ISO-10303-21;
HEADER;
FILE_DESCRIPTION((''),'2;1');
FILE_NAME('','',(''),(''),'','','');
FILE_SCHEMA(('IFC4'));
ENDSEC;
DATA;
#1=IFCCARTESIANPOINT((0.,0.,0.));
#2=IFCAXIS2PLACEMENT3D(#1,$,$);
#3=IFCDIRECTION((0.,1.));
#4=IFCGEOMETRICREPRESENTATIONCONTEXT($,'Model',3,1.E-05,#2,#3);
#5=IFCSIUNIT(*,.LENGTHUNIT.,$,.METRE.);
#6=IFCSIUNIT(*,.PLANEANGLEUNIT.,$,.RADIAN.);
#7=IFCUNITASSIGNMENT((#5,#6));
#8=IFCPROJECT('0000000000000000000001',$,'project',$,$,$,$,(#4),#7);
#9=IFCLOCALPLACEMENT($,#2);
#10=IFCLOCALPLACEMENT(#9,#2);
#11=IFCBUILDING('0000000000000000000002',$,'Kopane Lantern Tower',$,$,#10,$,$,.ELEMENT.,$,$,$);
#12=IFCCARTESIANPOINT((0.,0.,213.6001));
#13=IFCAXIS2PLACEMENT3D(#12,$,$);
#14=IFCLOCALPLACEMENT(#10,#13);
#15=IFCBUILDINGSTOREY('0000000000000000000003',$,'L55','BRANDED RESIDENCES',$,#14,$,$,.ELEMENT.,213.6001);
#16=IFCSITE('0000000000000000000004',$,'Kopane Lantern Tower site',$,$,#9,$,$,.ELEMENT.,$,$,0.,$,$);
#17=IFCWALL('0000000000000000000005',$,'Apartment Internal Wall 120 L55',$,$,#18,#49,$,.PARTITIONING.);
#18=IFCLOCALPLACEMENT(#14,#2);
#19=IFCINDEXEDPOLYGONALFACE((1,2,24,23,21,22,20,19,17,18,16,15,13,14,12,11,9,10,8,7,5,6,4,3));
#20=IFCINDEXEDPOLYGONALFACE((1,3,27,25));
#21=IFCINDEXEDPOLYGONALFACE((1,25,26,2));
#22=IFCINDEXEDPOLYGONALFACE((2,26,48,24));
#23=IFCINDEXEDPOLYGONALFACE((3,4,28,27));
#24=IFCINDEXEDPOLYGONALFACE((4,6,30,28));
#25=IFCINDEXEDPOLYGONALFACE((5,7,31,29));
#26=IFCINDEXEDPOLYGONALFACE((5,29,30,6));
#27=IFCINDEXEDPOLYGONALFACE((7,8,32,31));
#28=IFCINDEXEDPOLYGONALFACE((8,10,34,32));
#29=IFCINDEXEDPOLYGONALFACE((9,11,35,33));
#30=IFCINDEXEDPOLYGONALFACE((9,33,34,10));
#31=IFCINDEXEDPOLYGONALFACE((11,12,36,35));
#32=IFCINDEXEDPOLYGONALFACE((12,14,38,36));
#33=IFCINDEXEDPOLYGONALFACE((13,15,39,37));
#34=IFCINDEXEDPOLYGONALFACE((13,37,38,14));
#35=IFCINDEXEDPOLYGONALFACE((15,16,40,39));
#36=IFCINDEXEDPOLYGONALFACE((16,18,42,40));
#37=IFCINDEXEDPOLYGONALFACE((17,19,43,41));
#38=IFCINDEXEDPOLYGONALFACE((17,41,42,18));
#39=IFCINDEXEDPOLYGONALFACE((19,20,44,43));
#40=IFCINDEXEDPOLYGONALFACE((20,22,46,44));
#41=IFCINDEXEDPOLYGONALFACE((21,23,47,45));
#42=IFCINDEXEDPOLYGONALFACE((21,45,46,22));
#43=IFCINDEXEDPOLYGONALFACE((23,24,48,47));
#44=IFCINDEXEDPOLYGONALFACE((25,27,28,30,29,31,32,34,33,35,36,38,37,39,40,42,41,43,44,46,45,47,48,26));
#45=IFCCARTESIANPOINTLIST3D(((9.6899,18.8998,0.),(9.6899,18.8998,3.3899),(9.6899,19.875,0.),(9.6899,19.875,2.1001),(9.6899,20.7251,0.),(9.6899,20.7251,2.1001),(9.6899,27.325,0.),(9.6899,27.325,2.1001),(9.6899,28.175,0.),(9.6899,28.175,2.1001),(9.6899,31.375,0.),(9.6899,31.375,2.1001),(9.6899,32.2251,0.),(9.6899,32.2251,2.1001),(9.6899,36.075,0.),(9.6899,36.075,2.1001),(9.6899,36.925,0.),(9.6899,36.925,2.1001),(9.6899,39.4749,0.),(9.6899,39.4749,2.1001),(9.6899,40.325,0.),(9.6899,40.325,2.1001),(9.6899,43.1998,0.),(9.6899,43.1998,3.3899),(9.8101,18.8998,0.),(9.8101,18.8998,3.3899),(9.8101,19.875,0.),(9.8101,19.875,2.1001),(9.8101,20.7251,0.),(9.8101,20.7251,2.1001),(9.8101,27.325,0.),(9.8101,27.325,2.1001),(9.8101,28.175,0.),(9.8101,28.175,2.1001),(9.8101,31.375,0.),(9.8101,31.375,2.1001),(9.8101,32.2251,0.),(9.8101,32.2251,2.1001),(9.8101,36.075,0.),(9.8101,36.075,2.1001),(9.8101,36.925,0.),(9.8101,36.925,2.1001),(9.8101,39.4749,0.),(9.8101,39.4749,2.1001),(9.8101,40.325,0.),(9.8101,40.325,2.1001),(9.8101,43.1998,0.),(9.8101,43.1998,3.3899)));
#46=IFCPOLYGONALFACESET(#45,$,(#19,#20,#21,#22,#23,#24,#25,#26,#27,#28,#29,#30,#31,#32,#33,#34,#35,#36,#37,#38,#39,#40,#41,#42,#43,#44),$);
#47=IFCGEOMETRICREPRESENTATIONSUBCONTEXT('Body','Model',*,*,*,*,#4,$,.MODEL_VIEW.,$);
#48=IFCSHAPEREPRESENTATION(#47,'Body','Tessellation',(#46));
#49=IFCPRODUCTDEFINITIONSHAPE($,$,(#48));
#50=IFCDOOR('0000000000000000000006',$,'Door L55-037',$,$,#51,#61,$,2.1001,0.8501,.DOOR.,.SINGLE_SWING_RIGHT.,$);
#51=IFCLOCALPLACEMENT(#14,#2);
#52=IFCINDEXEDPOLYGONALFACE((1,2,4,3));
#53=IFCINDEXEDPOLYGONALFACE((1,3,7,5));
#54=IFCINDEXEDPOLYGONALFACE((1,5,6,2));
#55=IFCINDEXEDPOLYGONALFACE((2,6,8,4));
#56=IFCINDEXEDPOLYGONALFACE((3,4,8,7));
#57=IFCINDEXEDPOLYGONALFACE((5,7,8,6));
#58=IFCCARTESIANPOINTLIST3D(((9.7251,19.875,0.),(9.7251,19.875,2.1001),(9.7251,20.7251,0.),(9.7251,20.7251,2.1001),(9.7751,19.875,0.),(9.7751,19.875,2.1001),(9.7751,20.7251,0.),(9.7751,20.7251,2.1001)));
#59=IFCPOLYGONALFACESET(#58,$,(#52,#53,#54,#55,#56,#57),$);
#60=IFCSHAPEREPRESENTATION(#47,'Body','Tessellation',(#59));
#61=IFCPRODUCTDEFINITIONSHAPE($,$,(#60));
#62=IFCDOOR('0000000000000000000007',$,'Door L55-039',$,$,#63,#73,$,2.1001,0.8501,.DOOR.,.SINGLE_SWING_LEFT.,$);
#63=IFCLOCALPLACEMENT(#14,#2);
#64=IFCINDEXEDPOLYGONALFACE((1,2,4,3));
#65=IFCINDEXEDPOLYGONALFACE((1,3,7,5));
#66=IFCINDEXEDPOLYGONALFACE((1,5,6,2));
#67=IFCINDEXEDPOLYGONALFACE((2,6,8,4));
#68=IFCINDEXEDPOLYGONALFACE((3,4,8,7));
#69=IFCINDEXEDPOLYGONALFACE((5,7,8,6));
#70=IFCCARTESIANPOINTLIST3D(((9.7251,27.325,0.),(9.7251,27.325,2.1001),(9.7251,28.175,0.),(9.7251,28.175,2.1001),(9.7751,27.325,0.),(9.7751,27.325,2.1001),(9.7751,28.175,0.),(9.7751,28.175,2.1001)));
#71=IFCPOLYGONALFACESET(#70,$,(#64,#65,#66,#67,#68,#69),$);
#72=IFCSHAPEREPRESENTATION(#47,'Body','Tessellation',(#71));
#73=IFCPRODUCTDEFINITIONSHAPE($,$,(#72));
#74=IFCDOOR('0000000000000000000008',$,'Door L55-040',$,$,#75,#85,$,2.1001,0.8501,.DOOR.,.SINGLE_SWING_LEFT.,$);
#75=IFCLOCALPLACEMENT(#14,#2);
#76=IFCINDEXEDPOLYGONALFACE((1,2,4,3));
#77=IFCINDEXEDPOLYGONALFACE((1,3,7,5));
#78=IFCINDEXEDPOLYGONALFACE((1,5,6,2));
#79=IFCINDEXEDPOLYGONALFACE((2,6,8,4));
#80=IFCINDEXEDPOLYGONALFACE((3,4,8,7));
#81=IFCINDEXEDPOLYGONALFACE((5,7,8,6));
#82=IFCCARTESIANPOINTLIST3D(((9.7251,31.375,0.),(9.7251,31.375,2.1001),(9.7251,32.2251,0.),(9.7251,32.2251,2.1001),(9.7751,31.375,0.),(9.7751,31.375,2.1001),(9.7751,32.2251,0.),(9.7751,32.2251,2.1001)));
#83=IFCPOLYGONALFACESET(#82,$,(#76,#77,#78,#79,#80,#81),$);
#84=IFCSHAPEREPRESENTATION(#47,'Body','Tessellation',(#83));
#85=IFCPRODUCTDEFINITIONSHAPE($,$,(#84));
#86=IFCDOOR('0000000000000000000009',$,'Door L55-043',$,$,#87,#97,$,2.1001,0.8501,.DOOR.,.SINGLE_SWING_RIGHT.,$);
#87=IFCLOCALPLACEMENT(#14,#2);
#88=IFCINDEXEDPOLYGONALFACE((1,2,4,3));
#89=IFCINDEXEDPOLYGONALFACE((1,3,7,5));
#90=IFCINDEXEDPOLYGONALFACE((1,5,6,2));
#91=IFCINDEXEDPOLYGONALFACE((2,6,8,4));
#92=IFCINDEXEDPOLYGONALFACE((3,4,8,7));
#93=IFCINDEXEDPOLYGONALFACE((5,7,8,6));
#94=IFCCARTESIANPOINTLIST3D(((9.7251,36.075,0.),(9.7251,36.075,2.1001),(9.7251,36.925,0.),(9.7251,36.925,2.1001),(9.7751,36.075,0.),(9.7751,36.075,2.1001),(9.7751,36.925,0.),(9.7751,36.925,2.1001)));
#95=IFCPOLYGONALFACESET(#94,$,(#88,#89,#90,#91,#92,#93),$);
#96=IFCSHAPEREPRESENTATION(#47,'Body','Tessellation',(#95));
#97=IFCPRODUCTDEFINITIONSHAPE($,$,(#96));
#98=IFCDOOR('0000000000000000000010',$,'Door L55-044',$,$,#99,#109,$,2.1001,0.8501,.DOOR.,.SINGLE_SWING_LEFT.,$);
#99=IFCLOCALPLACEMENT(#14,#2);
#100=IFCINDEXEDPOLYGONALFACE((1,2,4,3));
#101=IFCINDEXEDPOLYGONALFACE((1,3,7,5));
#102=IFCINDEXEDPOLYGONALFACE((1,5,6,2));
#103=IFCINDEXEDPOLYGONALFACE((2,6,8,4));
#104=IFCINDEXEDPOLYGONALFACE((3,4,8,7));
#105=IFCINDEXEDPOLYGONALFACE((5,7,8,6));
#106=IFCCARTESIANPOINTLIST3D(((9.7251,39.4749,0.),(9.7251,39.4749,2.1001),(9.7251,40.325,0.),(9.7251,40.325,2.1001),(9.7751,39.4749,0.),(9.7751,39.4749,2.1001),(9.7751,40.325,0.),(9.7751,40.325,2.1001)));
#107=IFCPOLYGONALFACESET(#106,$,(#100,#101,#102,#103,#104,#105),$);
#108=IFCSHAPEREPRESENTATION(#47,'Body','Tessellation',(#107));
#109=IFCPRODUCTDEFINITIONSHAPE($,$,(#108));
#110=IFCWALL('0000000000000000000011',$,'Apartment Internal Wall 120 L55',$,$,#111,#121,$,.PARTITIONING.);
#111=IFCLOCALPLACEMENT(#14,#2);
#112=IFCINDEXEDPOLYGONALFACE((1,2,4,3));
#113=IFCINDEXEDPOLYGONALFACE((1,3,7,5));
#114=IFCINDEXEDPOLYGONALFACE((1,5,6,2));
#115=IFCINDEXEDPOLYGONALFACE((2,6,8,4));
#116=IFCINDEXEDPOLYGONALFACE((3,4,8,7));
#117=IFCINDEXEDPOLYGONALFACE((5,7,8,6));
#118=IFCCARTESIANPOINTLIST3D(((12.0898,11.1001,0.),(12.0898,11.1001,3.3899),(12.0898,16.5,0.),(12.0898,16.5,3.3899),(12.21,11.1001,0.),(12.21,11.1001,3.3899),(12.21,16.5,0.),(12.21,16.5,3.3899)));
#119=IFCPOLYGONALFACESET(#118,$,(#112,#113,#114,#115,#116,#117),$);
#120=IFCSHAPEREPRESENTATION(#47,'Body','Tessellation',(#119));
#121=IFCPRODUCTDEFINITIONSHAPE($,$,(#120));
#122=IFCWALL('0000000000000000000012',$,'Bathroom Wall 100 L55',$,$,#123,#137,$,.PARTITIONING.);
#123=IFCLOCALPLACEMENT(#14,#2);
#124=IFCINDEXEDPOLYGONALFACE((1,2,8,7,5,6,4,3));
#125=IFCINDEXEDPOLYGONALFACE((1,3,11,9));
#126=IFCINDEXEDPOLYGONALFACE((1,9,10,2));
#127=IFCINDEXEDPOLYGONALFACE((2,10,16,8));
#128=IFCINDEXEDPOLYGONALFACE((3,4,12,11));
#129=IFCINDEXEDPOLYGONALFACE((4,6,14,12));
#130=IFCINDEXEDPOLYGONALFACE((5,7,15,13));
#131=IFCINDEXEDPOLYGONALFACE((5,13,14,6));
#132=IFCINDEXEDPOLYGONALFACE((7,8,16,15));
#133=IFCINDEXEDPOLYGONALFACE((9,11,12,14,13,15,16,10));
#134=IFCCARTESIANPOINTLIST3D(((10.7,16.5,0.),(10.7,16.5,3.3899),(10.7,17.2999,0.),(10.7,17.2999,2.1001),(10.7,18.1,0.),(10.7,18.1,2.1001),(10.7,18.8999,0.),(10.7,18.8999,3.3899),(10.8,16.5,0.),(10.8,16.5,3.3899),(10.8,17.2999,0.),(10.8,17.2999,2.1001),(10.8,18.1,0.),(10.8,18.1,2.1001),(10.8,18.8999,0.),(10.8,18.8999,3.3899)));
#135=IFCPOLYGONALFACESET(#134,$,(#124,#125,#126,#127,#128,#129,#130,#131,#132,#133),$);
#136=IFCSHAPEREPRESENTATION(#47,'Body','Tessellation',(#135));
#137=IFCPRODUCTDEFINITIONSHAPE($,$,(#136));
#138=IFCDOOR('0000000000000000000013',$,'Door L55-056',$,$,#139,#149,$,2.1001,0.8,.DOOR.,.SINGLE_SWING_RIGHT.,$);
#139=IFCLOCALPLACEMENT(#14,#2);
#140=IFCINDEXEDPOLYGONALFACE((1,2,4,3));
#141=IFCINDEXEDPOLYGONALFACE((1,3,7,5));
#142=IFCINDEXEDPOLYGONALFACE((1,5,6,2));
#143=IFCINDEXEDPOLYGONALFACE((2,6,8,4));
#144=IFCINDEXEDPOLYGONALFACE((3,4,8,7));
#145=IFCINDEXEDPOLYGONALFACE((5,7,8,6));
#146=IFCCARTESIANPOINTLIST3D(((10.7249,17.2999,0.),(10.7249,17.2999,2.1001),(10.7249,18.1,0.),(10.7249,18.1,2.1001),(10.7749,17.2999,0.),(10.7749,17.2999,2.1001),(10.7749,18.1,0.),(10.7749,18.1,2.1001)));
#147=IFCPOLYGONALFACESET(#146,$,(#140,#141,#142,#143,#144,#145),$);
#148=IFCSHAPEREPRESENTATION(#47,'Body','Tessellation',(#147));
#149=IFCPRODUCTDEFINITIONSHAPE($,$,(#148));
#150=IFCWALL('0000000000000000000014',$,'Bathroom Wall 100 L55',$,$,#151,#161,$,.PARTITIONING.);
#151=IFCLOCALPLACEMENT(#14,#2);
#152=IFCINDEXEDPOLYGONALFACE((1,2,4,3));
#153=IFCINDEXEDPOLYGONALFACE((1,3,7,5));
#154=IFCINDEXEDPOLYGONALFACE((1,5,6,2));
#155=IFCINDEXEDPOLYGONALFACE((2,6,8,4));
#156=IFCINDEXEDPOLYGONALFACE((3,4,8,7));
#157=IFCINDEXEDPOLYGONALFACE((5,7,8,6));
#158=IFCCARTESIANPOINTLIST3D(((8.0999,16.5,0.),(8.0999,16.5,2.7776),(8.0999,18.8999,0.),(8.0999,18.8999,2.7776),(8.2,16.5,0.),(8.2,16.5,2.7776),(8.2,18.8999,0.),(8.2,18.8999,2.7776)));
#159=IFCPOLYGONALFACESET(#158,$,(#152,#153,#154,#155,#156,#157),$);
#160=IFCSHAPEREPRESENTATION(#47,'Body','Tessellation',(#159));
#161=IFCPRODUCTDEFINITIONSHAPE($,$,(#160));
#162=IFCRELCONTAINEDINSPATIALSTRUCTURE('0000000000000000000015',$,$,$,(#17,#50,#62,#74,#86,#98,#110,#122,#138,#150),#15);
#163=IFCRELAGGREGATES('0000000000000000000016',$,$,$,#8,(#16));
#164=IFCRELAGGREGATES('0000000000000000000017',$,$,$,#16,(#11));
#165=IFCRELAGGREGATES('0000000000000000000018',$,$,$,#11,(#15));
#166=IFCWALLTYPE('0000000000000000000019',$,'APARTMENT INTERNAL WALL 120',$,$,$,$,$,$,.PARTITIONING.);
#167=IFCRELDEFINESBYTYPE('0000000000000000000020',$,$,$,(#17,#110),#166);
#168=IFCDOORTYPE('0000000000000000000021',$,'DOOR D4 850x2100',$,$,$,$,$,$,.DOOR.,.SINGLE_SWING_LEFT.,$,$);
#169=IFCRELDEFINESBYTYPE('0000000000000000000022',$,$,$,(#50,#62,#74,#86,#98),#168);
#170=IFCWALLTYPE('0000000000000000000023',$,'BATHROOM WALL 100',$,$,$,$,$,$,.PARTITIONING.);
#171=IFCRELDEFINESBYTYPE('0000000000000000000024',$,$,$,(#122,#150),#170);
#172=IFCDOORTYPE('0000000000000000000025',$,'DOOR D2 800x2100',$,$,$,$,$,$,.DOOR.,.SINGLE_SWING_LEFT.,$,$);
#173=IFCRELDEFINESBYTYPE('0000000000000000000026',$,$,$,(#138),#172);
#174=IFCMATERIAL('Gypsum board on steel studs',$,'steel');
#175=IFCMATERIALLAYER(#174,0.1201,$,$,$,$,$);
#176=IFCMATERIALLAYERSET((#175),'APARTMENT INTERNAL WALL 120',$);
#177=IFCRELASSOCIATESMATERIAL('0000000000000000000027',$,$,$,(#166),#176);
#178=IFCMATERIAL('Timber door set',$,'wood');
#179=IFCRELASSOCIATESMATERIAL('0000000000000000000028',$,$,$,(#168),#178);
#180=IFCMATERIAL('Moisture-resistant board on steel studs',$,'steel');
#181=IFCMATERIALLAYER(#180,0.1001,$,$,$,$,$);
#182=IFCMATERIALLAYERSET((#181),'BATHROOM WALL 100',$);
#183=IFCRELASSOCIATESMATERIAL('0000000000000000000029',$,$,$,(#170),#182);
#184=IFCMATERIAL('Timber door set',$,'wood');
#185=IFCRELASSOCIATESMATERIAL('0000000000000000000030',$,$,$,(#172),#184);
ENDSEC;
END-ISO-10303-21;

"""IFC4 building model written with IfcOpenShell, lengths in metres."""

from ifc_helpers import new_model, si_unit, direction, frame, frame_2d, origin, place, context, subcontext, project, spatial, rectangle, extrude, material, layer, layer_set, type_object, element, fill, save


model = new_model("IFC4")

# Units and contexts
model_context = context("Model", 3, precision=1e-05, world=origin(), true_north=direction((0.0, 1.0)))
body_context = subcontext(model_context, "Body", "Model", "MODEL_VIEW")
ifc_project = project(units=[si_unit("LENGTHUNIT", "METRE"), si_unit("PLANEANGLEUNIT", "RADIAN")], contexts=[model_context])

# Site, building, storey
site_placement = place(None, origin())
site = spatial("IfcSite", under=ifc_project, at=site_placement, Name="Kopane Lantern Tower site", CompositionType="ELEMENT", RefElevation=0.0)
building_placement = place(site_placement, origin())
building = spatial("IfcBuilding", under=site, at=building_placement, Name="Kopane Lantern Tower", CompositionType="ELEMENT")
storey_placement = place(building_placement, frame((0.0, 0.0, 213.6001)))
storey = spatial("IfcBuildingStorey", under=building, at=storey_placement, Name="L55", Description="BRANDED RESIDENCES", CompositionType="ELEMENT", Elevation=213.6001)

# Wall, openings, doors
ifc_material_1 = material(Name="Gypsum board on steel studs", Category="steel")
ifc_layer_1 = layer(ifc_material_1, 0.1201)
ifc_layer_set_1 = layer_set([ifc_layer_1], Name="APARTMENT INTERNAL WALL 120")
wall_type_1 = type_object("IfcWallType", Name="APARTMENT INTERNAL WALL 120", PredefinedType="PARTITIONING", material=ifc_layer_set_1)
wall_1_placement = place(storey_placement, frame((9.75, 18.8999, 0.0), z_axis=(0.0, 0.0, 1.0), x_axis=(0.0, 1.0, 0.0)))
wall_1 = element("IfcWall", 1, at=wall_1_placement, inside=storey, type_object=wall_type_1, Name="Apartment Internal Wall 120 L55", PredefinedType="PARTITIONING", context=body_context, shape_type="SweptSolid", body=[
    extrude(rectangle(XDim=24.3, YDim=0.1201, at=frame_2d((12.1499, 0.0))), origin(), (0.0, 0.0, 1.0), 3.3899),
])
opening_1_placement = place(wall_1_placement, frame((0.9751, 0.0, 0.0)))
opening_1 = element("IfcOpeningElement", 2, at=opening_1_placement, cuts=wall_1, PredefinedType="OPENING", context=body_context, shape_type="SweptSolid", body=[
    extrude(rectangle(XDim=0.8501, YDim=2.1001, at=frame_2d((0.425, 1.05))), frame((0.0, 0.0701, 0.0), z_axis=(0.0, -1.0, 0.0), x_axis=(1.0, 0.0, 0.0)), (0.0, 0.0, 1.0), 0.1401),
])
opening_2_placement = place(wall_1_placement, frame((8.425, 0.0, 0.0)))
opening_2 = element("IfcOpeningElement", 3, at=opening_2_placement, cuts=wall_1, PredefinedType="OPENING", context=body_context, shape_type="SweptSolid", body=[
    extrude(rectangle(XDim=0.8501, YDim=2.1001, at=frame_2d((0.425, 1.05))), frame((0.0, 0.0701, 0.0), z_axis=(0.0, -1.0, 0.0), x_axis=(1.0, 0.0, 0.0)), (0.0, 0.0, 1.0), 0.1401),
])
opening_3_placement = place(wall_1_placement, frame((12.4751, 0.0, 0.0)))
opening_3 = element("IfcOpeningElement", 4, at=opening_3_placement, cuts=wall_1, PredefinedType="OPENING", context=body_context, shape_type="SweptSolid", body=[
    extrude(rectangle(XDim=0.8501, YDim=2.1001, at=frame_2d((0.425, 1.05))), frame((0.0, 0.0701, 0.0), z_axis=(0.0, -1.0, 0.0), x_axis=(1.0, 0.0, 0.0)), (0.0, 0.0, 1.0), 0.1401),
])
opening_4_placement = place(wall_1_placement, frame((17.175, 0.0, 0.0)))
opening_4 = element("IfcOpeningElement", 5, at=opening_4_placement, cuts=wall_1, PredefinedType="OPENING", context=body_context, shape_type="SweptSolid", body=[
    extrude(rectangle(XDim=0.8501, YDim=2.1001, at=frame_2d((0.425, 1.05))), frame((0.0, 0.0701, 0.0), z_axis=(0.0, -1.0, 0.0), x_axis=(1.0, 0.0, 0.0)), (0.0, 0.0, 1.0), 0.1401),
])
opening_5_placement = place(wall_1_placement, frame((20.575, 0.0, 0.0)))
opening_5 = element("IfcOpeningElement", 6, at=opening_5_placement, cuts=wall_1, PredefinedType="OPENING", context=body_context, shape_type="SweptSolid", body=[
    extrude(rectangle(XDim=0.8501, YDim=2.1001, at=frame_2d((0.425, 1.05))), frame((0.0, 0.0701, 0.0), z_axis=(0.0, -1.0, 0.0), x_axis=(1.0, 0.0, 0.0)), (0.0, 0.0, 1.0), 0.1401),
])
ifc_material_2 = material(Name="Timber door set", Category="wood")
door_type_1 = type_object("IfcDoorType", Name="DOOR D4 850x2100", OperationType="SINGLE_SWING_LEFT", PredefinedType="DOOR", material=ifc_material_2)
door_1_placement = place(opening_1_placement, origin())
door_1 = element("IfcDoor", 7, at=door_1_placement, inside=storey, type_object=door_type_1, Name="Door L55-037", OperationType="SINGLE_SWING_RIGHT", OverallHeight=2.1001, OverallWidth=0.8501, PredefinedType="DOOR", context=body_context, shape_type="SweptSolid", body=[
    extrude(rectangle(XDim=0.8501, YDim=2.1001, at=frame_2d((0.425, 1.05))), frame((0.0, 0.0249, 0.0), z_axis=(0.0, -1.0, 0.0), x_axis=(1.0, 0.0, 0.0)), (0.0, 0.0, 1.0), 0.05),
])
fill(opening_1, door_1)
door_2_placement = place(opening_2_placement, origin())
door_2 = element("IfcDoor", 8, at=door_2_placement, inside=storey, type_object=door_type_1, Name="Door L55-039", OperationType="SINGLE_SWING_LEFT", OverallHeight=2.1001, OverallWidth=0.8501, PredefinedType="DOOR", context=body_context, shape_type="SweptSolid", body=[
    extrude(rectangle(XDim=0.8501, YDim=2.1001, at=frame_2d((0.425, 1.05))), frame((0.0, 0.0249, 0.0), z_axis=(0.0, -1.0, 0.0), x_axis=(1.0, 0.0, 0.0)), (0.0, 0.0, 1.0), 0.05),
])
fill(opening_2, door_2)
door_3_placement = place(opening_3_placement, origin())
door_3 = element("IfcDoor", 9, at=door_3_placement, inside=storey, type_object=door_type_1, Name="Door L55-040", OperationType="SINGLE_SWING_LEFT", OverallHeight=2.1001, OverallWidth=0.8501, PredefinedType="DOOR", context=body_context, shape_type="SweptSolid", body=[
    extrude(rectangle(XDim=0.8501, YDim=2.1001, at=frame_2d((0.425, 1.05))), frame((0.0, 0.0249, 0.0), z_axis=(0.0, -1.0, 0.0), x_axis=(1.0, 0.0, 0.0)), (0.0, 0.0, 1.0), 0.05),
])
fill(opening_3, door_3)
door_4_placement = place(opening_4_placement, origin())
door_4 = element("IfcDoor", 10, at=door_4_placement, inside=storey, type_object=door_type_1, Name="Door L55-043", OperationType="SINGLE_SWING_RIGHT", OverallHeight=2.1001, OverallWidth=0.8501, PredefinedType="DOOR", context=body_context, shape_type="SweptSolid", body=[
    extrude(rectangle(XDim=0.8501, YDim=2.1001, at=frame_2d((0.425, 1.05))), frame((0.0, 0.0249, 0.0), z_axis=(0.0, -1.0, 0.0), x_axis=(1.0, 0.0, 0.0)), (0.0, 0.0, 1.0), 0.05),
])
fill(opening_4, door_4)
door_5_placement = place(opening_5_placement, origin())
door_5 = element("IfcDoor", 11, at=door_5_placement, inside=storey, type_object=door_type_1, Name="Door L55-044", OperationType="SINGLE_SWING_LEFT", OverallHeight=2.1001, OverallWidth=0.8501, PredefinedType="DOOR", context=body_context, shape_type="SweptSolid", body=[
    extrude(rectangle(XDim=0.8501, YDim=2.1001, at=frame_2d((0.425, 1.05))), frame((0.0, 0.0249, 0.0), z_axis=(0.0, -1.0, 0.0), x_axis=(1.0, 0.0, 0.0)), (0.0, 0.0, 1.0), 0.05),
])
fill(opening_5, door_5)

# Wall
wall_2_placement = place(storey_placement, frame((12.1499, 16.5, 0.0), z_axis=(0.0, 0.0, 1.0), x_axis=(0.0, -1.0, 0.0)))
element("IfcWall", 12, at=wall_2_placement, inside=storey, type_object=wall_type_1, Name="Apartment Internal Wall 120 L55", PredefinedType="PARTITIONING", context=body_context, shape_type="SweptSolid", body=[
    extrude(rectangle(XDim=5.3999, YDim=0.1201, at=frame_2d((2.7, 0.0))), origin(), (0.0, 0.0, 1.0), 3.3899),
])

# Wall, opening, door
ifc_material_3 = material(Name="Moisture-resistant board on steel studs", Category="steel")
ifc_layer_2 = layer(ifc_material_3, 0.1001)
ifc_layer_set_2 = layer_set([ifc_layer_2], Name="BATHROOM WALL 100")
wall_type_2 = type_object("IfcWallType", Name="BATHROOM WALL 100", PredefinedType="PARTITIONING", material=ifc_layer_set_2)
wall_3_placement = place(storey_placement, frame((10.75, 18.8999, 0.0), z_axis=(0.0, 0.0, 1.0), x_axis=(0.0, -1.0, 0.0)))
wall_3 = element("IfcWall", 13, at=wall_3_placement, inside=storey, type_object=wall_type_2, Name="Bathroom Wall 100 L55", PredefinedType="PARTITIONING", context=body_context, shape_type="SweptSolid", body=[
    extrude(rectangle(XDim=2.3999, YDim=0.1001, at=frame_2d((1.2, 0.0))), origin(), (0.0, 0.0, 1.0), 3.3899),
])
opening_6_placement = place(wall_3_placement, frame((0.8, 0.0, 0.0)))
opening_6 = element("IfcOpeningElement", 14, at=opening_6_placement, cuts=wall_3, PredefinedType="OPENING", context=body_context, shape_type="SweptSolid", body=[
    extrude(rectangle(XDim=0.8, YDim=2.1001, at=frame_2d((0.3999, 1.05))), frame((0.0, 0.0601, 0.0), z_axis=(0.0, -1.0, 0.0), x_axis=(1.0, 0.0, 0.0)), (0.0, 0.0, 1.0), 0.1201),
])
ifc_material_4 = material(Name="Timber door set", Category="wood")
door_type_2 = type_object("IfcDoorType", Name="DOOR D2 800x2100", OperationType="SINGLE_SWING_LEFT", PredefinedType="DOOR", material=ifc_material_4)
door_6_placement = place(opening_6_placement, origin())
door_6 = element("IfcDoor", 15, at=door_6_placement, inside=storey, type_object=door_type_2, Name="Door L55-056", OperationType="SINGLE_SWING_RIGHT", OverallHeight=2.1001, OverallWidth=0.8, PredefinedType="DOOR", context=body_context, shape_type="SweptSolid", body=[
    extrude(rectangle(XDim=0.8, YDim=2.1001, at=frame_2d((0.3999, 1.05))), frame((0.0, 0.0249, 0.0), z_axis=(0.0, -1.0, 0.0), x_axis=(1.0, 0.0, 0.0)), (0.0, 0.0, 1.0), 0.05),
])
fill(opening_6, door_6)

# Wall
wall_4_placement = place(storey_placement, frame((8.1499, 18.8999, 0.0), z_axis=(0.0, 0.0, 1.0), x_axis=(0.0, -1.0, 0.0)))
element("IfcWall", 16, at=wall_4_placement, inside=storey, type_object=wall_type_2, Name="Bathroom Wall 100 L55", PredefinedType="PARTITIONING", context=body_context, shape_type="SweptSolid", body=[
    extrude(rectangle(XDim=2.3999, YDim=0.1001, at=frame_2d((1.2, 0.0))), origin(), (0.0, 0.0, 1.0), 2.7776),
])

save(model, "model.ifc")
